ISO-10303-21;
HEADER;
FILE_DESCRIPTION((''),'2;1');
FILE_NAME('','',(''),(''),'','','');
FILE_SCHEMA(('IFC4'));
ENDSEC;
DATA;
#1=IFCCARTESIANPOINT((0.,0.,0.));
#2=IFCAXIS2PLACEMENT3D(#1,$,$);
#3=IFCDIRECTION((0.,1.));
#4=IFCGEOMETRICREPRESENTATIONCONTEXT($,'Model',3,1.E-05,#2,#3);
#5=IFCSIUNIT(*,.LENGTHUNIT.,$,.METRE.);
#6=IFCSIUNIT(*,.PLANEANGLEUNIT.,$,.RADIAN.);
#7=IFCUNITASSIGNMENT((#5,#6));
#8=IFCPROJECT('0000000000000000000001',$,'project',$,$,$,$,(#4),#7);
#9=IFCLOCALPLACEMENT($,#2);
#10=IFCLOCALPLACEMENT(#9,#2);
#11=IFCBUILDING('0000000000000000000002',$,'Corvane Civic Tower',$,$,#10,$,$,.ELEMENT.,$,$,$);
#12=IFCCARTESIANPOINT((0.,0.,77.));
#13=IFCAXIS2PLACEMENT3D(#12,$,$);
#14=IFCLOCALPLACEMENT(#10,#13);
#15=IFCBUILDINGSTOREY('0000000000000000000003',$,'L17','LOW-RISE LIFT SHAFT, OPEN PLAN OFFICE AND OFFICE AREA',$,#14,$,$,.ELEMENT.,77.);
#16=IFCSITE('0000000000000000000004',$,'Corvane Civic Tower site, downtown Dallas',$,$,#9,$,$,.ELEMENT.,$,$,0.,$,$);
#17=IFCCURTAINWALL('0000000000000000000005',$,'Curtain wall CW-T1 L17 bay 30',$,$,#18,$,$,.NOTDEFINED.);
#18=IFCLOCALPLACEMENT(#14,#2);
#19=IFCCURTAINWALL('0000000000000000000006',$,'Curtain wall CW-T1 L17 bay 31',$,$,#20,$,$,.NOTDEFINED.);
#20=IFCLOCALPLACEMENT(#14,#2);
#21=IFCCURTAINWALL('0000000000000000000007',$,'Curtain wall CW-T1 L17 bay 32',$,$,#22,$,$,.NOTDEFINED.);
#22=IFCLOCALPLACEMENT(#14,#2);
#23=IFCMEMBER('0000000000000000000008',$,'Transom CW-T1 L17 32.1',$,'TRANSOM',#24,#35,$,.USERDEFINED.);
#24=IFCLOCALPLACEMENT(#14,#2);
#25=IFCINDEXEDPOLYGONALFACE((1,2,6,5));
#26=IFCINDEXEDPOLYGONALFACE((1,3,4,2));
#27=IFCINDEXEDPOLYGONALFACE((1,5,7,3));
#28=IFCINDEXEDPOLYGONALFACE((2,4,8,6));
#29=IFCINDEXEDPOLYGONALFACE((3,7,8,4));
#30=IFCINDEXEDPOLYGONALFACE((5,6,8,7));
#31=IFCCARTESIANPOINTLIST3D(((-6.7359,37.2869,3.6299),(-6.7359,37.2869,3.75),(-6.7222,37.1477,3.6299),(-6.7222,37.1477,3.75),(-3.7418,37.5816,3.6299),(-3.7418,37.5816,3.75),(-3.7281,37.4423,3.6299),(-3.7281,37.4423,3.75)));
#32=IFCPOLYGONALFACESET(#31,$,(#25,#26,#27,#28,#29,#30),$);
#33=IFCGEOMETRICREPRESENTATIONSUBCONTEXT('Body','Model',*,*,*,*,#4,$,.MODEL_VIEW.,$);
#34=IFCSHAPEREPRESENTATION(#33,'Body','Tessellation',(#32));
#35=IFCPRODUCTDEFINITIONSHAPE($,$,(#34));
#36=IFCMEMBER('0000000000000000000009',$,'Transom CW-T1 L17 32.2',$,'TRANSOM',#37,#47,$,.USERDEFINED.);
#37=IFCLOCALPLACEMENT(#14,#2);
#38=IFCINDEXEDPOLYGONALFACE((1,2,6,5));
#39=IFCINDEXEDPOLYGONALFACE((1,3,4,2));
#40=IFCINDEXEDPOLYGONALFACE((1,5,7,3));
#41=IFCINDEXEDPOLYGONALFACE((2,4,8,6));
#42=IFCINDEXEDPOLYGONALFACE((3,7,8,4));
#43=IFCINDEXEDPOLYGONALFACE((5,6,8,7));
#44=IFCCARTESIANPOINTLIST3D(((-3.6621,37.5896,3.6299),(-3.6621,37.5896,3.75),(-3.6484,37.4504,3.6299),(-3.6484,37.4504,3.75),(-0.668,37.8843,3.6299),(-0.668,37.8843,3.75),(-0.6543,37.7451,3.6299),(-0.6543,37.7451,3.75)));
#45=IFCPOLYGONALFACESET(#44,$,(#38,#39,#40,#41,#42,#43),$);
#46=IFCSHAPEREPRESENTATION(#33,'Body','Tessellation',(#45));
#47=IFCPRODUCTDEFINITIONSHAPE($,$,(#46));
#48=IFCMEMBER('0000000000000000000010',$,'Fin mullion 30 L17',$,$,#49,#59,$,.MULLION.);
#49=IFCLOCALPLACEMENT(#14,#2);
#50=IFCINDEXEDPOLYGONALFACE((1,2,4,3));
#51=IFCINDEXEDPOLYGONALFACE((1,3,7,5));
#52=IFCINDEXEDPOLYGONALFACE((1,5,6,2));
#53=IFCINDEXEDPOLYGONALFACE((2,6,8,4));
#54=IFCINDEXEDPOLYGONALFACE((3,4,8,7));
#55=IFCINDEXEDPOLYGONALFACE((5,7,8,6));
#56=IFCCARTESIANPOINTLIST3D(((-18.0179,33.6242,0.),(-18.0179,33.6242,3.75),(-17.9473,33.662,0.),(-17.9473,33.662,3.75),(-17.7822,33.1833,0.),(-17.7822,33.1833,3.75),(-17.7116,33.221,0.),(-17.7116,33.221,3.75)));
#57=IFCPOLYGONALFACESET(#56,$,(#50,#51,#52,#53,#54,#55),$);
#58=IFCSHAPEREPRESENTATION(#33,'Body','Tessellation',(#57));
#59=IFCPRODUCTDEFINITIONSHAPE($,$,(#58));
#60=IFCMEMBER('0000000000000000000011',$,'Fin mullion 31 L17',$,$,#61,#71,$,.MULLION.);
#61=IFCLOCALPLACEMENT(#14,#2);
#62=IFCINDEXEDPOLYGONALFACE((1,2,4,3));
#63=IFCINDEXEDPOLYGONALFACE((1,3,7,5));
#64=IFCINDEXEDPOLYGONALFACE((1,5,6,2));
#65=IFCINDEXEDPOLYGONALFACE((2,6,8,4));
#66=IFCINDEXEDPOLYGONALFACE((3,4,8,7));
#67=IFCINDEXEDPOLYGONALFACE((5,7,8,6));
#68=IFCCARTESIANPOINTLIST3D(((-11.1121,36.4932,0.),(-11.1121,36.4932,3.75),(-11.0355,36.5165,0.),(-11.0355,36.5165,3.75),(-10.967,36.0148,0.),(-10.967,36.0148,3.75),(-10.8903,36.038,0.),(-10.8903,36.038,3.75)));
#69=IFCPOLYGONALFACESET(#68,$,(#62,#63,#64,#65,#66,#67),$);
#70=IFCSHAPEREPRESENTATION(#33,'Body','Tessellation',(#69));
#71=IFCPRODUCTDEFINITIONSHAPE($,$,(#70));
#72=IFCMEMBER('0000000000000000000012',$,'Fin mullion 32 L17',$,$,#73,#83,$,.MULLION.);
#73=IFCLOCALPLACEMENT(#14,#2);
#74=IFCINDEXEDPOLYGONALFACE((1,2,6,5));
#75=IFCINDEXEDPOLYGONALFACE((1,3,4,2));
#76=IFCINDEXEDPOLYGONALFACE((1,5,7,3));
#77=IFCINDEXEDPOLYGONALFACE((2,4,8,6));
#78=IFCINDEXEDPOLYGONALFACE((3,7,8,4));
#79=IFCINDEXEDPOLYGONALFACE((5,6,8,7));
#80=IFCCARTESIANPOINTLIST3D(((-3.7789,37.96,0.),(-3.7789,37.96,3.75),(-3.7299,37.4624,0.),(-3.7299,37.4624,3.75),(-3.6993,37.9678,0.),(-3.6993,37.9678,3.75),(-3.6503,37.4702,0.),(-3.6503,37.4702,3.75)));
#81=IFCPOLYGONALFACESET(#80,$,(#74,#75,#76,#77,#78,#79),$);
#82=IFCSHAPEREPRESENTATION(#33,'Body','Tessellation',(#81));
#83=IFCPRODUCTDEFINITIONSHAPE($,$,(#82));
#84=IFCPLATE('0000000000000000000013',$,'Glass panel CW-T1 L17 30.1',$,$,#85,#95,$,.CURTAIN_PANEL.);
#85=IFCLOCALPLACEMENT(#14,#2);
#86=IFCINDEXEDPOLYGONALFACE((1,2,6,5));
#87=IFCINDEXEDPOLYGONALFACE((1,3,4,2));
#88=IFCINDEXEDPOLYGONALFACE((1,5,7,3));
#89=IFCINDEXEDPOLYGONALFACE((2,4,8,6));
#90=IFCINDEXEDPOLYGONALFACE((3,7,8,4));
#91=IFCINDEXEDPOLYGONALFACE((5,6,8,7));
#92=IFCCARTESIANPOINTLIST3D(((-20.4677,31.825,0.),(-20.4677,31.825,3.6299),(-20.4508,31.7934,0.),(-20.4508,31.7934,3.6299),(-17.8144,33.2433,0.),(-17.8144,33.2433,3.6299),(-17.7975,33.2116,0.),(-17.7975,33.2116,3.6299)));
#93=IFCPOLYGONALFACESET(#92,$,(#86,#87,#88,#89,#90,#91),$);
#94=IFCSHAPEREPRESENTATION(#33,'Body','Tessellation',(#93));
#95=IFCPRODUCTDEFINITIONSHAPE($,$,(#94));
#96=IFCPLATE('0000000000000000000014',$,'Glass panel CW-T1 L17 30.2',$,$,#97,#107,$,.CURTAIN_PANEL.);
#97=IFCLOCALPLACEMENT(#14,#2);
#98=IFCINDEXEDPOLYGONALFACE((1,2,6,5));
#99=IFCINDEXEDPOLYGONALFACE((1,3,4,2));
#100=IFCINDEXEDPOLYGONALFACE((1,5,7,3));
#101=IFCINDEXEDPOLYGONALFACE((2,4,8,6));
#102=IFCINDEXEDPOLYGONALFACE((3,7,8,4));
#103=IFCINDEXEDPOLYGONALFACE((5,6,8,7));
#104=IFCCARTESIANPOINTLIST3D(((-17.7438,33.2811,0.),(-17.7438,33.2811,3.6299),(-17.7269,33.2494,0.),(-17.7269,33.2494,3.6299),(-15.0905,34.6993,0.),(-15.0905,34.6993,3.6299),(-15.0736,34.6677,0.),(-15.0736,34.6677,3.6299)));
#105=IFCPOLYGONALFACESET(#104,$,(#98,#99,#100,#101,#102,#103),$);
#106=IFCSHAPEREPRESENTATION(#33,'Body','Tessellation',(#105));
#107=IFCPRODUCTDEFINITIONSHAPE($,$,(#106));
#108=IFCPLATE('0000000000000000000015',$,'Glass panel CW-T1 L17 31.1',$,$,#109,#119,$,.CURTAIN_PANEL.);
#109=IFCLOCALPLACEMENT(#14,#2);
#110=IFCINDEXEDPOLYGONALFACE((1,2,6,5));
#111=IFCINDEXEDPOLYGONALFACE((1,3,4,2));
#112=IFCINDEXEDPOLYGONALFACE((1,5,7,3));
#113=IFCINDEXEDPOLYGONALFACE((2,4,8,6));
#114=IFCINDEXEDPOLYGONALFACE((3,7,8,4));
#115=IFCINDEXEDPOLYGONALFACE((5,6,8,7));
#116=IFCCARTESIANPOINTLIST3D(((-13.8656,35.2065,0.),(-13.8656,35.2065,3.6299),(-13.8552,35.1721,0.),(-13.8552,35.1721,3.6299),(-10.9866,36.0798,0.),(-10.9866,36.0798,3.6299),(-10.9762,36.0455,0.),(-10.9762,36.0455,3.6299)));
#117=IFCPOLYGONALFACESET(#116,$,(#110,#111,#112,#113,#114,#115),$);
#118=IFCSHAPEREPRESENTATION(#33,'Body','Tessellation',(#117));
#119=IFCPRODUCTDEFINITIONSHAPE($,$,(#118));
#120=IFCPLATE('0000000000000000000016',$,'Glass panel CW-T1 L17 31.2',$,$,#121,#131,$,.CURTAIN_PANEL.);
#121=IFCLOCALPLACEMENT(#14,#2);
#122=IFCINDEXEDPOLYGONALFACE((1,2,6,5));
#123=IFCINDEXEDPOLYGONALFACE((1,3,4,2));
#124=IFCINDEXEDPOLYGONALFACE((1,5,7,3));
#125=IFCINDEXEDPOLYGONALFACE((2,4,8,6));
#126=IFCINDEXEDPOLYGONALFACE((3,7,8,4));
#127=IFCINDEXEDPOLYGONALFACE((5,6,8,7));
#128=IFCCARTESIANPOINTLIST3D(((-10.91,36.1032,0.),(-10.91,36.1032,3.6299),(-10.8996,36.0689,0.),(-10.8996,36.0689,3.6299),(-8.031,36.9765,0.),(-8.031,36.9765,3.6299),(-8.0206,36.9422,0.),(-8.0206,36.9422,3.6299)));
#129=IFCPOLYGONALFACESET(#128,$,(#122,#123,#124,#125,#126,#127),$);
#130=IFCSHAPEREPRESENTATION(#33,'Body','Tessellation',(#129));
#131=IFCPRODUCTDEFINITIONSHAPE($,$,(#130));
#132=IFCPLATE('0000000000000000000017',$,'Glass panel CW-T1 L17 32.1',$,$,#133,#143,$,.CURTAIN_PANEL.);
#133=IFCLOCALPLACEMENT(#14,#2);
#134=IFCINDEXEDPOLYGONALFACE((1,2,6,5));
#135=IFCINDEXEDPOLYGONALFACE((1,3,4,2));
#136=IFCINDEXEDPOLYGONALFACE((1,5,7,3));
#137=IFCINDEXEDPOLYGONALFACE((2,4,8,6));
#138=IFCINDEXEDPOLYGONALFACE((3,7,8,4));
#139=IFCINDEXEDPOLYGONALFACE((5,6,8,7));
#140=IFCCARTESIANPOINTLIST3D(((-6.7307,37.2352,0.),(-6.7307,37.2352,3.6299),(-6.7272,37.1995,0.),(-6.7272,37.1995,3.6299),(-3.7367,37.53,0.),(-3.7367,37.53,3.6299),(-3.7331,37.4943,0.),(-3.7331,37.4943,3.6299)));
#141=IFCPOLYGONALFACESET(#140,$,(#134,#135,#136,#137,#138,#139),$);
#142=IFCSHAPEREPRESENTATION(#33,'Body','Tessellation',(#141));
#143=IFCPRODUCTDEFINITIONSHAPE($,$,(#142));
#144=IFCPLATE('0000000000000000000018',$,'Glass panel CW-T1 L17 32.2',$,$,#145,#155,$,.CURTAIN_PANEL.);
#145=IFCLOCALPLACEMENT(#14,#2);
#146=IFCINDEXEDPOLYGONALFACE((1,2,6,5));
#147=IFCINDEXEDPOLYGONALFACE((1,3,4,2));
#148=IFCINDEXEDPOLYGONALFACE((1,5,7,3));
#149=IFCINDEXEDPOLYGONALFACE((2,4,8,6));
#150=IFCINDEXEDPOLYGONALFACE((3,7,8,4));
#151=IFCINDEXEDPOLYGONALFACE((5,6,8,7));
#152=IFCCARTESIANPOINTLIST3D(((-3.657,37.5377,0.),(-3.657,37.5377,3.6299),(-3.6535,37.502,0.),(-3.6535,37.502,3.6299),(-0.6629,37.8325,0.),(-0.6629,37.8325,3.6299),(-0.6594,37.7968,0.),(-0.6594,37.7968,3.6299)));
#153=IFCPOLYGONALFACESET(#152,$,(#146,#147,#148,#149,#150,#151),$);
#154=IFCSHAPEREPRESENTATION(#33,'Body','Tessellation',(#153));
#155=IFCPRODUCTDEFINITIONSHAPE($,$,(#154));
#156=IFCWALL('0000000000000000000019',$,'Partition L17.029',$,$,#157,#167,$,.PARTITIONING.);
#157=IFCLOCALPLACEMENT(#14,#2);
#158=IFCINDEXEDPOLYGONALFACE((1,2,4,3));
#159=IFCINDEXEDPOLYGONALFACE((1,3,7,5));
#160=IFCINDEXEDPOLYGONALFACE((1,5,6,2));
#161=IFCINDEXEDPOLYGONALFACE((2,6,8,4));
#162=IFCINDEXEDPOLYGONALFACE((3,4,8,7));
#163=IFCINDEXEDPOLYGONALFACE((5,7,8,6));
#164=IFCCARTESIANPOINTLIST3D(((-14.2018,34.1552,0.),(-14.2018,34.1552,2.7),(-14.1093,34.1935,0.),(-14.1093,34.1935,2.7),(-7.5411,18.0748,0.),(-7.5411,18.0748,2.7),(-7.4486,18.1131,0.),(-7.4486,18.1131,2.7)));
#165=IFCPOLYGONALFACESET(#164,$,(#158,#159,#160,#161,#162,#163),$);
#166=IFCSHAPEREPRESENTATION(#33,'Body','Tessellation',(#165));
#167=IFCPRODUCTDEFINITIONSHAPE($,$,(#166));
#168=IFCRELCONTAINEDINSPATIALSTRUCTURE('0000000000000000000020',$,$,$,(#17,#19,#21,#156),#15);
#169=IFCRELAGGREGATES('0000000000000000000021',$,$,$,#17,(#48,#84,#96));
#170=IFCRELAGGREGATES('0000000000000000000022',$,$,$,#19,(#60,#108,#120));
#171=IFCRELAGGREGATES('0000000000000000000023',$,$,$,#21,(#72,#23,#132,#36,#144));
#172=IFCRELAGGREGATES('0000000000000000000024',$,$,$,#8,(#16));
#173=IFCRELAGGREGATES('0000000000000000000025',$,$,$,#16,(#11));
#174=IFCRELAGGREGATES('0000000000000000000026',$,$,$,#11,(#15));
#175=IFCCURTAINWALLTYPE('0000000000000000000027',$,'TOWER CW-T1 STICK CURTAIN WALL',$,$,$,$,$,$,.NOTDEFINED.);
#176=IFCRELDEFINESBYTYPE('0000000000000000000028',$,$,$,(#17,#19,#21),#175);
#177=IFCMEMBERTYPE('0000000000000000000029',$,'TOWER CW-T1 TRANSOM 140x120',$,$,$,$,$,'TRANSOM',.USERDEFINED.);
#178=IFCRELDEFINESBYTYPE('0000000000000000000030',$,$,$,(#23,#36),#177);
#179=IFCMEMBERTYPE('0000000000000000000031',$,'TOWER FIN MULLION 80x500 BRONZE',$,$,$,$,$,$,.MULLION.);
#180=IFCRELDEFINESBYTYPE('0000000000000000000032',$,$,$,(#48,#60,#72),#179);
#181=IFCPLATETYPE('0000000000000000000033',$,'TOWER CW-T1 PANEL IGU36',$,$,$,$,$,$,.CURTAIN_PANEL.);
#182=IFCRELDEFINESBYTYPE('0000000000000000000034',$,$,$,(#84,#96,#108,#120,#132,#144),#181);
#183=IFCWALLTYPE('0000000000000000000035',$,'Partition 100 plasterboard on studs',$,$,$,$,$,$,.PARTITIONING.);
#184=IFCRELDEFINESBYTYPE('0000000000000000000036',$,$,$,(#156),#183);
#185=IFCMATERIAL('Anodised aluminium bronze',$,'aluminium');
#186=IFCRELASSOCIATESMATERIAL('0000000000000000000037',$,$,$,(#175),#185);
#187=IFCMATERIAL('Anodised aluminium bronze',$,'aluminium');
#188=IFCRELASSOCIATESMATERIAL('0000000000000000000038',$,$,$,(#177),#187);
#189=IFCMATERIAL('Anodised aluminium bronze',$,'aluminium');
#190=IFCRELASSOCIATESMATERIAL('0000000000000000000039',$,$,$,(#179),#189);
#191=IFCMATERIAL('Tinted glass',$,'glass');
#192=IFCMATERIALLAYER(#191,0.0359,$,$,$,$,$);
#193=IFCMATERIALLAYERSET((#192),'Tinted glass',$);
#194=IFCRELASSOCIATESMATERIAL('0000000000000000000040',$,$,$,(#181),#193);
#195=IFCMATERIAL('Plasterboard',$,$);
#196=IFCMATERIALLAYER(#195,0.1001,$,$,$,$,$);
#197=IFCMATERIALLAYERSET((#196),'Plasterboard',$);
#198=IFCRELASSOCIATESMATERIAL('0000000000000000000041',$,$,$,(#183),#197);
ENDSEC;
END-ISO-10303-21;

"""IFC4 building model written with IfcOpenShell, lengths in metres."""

from ifc_helpers import new_model, si_unit, direction, frame, frame_2d, origin, origin_2d, place, context, subcontext, project, spatial, rectangle, extrude, material, layer, layer_set, material_profile, profile_set, type_object, element, aggregate, save


model = new_model("IFC4")

# Units and contexts
model_context = context("Model", 3, precision=1e-05, world=origin(), true_north=direction((0.0, 1.0)))
body_context = subcontext(model_context, "Body", "Model", "MODEL_VIEW")
ifc_project = project(units=[si_unit("LENGTHUNIT", "METRE"), si_unit("PLANEANGLEUNIT", "RADIAN")], contexts=[model_context])

# Site, building, storey
site_placement = place(None, origin())
site = spatial("IfcSite", under=ifc_project, at=site_placement, Name="Corvane Civic Tower site, downtown Dallas", CompositionType="ELEMENT", RefElevation=0.0)
building_placement = place(site_placement, origin())
building = spatial("IfcBuilding", under=site, at=building_placement, Name="Corvane Civic Tower", CompositionType="ELEMENT")
storey_placement = place(building_placement, frame((0.0, 0.0, 77.0)))
storey = spatial("IfcBuildingStorey", under=building, at=storey_placement, Name="L17", Description="LOW-RISE LIFT SHAFT, OPEN PLAN OFFICE AND OFFICE AREA", CompositionType="ELEMENT", Elevation=77.0)

# Curtain wall
ifc_material_1 = material(Name="Anodised aluminium bronze", Category="aluminium")
curtain_wall_type = type_object("IfcCurtainWallType", Name="TOWER CW-T1 STICK CURTAIN WALL", PredefinedType="NOTDEFINED", material=ifc_material_1)
curtain_wall_1_placement = place(storey_placement, origin())
curtain_wall_1 = element("IfcCurtainWall", 1, at=curtain_wall_1_placement, inside=storey, type_object=curtain_wall_type, Name="Curtain wall CW-T1 L17 bay 30", PredefinedType="NOTDEFINED")
ifc_material_2 = material(Name="Anodised aluminium bronze", Category="aluminium")
ifc_material_profile_1 = material_profile(ifc_material_2, rectangle(XDim=0.1399, YDim=0.1201, at=origin_2d()), Name="TOWER CW-T1 TRANSOM 140x120")
ifc_profile_set_1 = profile_set([ifc_material_profile_1], Name="Anodised aluminium bronze")
member_type_1 = type_object("IfcMemberType", Name="TOWER CW-T1 TRANSOM 140x120", ElementType="TRANSOM", PredefinedType="USERDEFINED", material=ifc_profile_set_1)

# Curtain walls, members
curtain_wall_2_placement = place(storey_placement, origin())
curtain_wall_2 = element("IfcCurtainWall", 2, at=curtain_wall_2_placement, inside=storey, type_object=curtain_wall_type, Name="Curtain wall CW-T1 L17 bay 31", PredefinedType="NOTDEFINED")
curtain_wall_3_placement = place(storey_placement, origin())
curtain_wall_3 = element("IfcCurtainWall", 3, at=curtain_wall_3_placement, inside=storey, type_object=curtain_wall_type, Name="Curtain wall CW-T1 L17 bay 32", PredefinedType="NOTDEFINED")
member_1_placement = place(storey_placement, frame((-6.729, 37.2173, 3.6899), z_axis=(0.995192, 0.097945, 0.0), x_axis=(-0.097945, 0.995192, 0.0)))
member_1 = element("IfcMember", 4, at=member_1_placement, type_object=member_type_1, Name="Transom CW-T1 L17 32.1", ObjectType="TRANSOM", PredefinedType="USERDEFINED", context=body_context, shape_type="SweptSolid", body=[
    extrude(rectangle(XDim=0.1399, YDim=0.1201, at=origin_2d()), origin(), (0.0, 0.0, 1.0), 3.0085),
])
member_2_placement = place(storey_placement, frame((-3.6553, 37.52, 3.6899), z_axis=(0.995192, 0.097945, 0.0), x_axis=(-0.097945, 0.995192, 0.0)))
member_2 = element("IfcMember", 5, at=member_2_placement, type_object=member_type_1, Name="Transom CW-T1 L17 32.2", ObjectType="TRANSOM", PredefinedType="USERDEFINED", context=body_context, shape_type="SweptSolid", body=[
    extrude(rectangle(XDim=0.1399, YDim=0.1201, at=origin_2d()), origin(), (0.0, 0.0, 1.0), 3.0085),
])

# Members
ifc_material_3 = material(Name="Anodised aluminium bronze", Category="aluminium")
ifc_material_profile_2 = material_profile(ifc_material_3, rectangle(XDim=0.0801, YDim=0.5, at=origin_2d()), Name="TOWER FIN MULLION 80x500 BRONZE")
ifc_profile_set_2 = profile_set([ifc_material_profile_2], Name="Anodised aluminium bronze")
member_type_2 = type_object("IfcMemberType", Name="TOWER FIN MULLION 80x500 BRONZE", PredefinedType="MULLION", material=ifc_profile_set_2)
member_3_placement = place(storey_placement, frame((-17.8647, 33.4226, 0.0), z_axis=(0.0, 0.0, 1.0), x_axis=(0.881918, 0.471404, 0.0)))
member_3 = element("IfcMember", 6, at=member_3_placement, type_object=member_type_2, Name="Fin mullion 30 L17", PredefinedType="MULLION", context=body_context, shape_type="SweptSolid", body=[
    extrude(rectangle(XDim=0.0801, YDim=0.5, at=origin_2d()), origin(), (0.0, 0.0, 1.0), 3.75),
])
member_4_placement = place(storey_placement, frame((-11.0012, 36.2656, 0.0), z_axis=(0.0, 0.0, 1.0), x_axis=(0.956942, 0.290278, 0.0)))
member_4 = element("IfcMember", 7, at=member_4_placement, type_object=member_type_2, Name="Fin mullion 31 L17", PredefinedType="MULLION", context=body_context, shape_type="SweptSolid", body=[
    extrude(rectangle(XDim=0.0801, YDim=0.5, at=origin_2d()), origin(), (0.0, 0.0, 1.0), 3.75),
])
member_5_placement = place(storey_placement, frame((-3.7146, 37.7151, 0.0), z_axis=(0.0, 0.0, 1.0), x_axis=(0.995186, 0.098006, 0.0)))
member_5 = element("IfcMember", 8, at=member_5_placement, type_object=member_type_2, Name="Fin mullion 32 L17", PredefinedType="MULLION", context=body_context, shape_type="SweptSolid", body=[
    extrude(rectangle(XDim=0.0801, YDim=0.5, at=origin_2d()), origin(), (0.0, 0.0, 1.0), 3.75),
])

# Plates
ifc_material_4 = material(Name="Tinted glass", Category="glass")
ifc_layer_1 = layer(ifc_material_4, 0.0359)
ifc_layer_set_1 = layer_set([ifc_layer_1], Name="Tinted glass")
plate_type = type_object("IfcPlateType", Name="TOWER CW-T1 PANEL IGU36", PredefinedType="CURTAIN_PANEL", material=ifc_layer_set_1)
plate_1_placement = place(storey_placement, frame((-19.1326, 32.5183, 0.0), z_axis=(0.0, 0.0, 1.0), x_axis=(0.881918, 0.471404, 0.0)))
plate_1 = element("IfcPlate", 9, at=plate_1_placement, type_object=plate_type, Name="Glass panel CW-T1 L17 30.1", PredefinedType="CURTAIN_PANEL", context=body_context, shape_type="SweptSolid", body=[
    extrude(rectangle(XDim=3.0085, YDim=0.0359, at=origin_2d()), origin(), (0.0, 0.0, 1.0), 3.6299),
])
plate_2_placement = place(storey_placement, frame((-16.4087, 33.9744, 0.0), z_axis=(0.0, 0.0, 1.0), x_axis=(0.881918, 0.471404, 0.0)))
plate_2 = element("IfcPlate", 10, at=plate_2_placement, type_object=plate_type, Name="Glass panel CW-T1 L17 30.2", PredefinedType="CURTAIN_PANEL", context=body_context, shape_type="SweptSolid", body=[
    extrude(rectangle(XDim=3.0085, YDim=0.0359, at=origin_2d()), origin(), (0.0, 0.0, 1.0), 3.6299),
])
aggregate(curtain_wall_1, [member_3, plate_1, plate_2])
plate_3_placement = place(storey_placement, frame((-12.4209, 35.626, 0.0), z_axis=(0.0, 0.0, 1.0), x_axis=(0.956942, 0.290278, 0.0)))
plate_3 = element("IfcPlate", 11, at=plate_3_placement, type_object=plate_type, Name="Glass panel CW-T1 L17 31.1", PredefinedType="CURTAIN_PANEL", context=body_context, shape_type="SweptSolid", body=[
    extrude(rectangle(XDim=3.0085, YDim=0.0359, at=origin_2d()), origin(), (0.0, 0.0, 1.0), 3.6299),
])
plate_4_placement = place(storey_placement, frame((-9.4653, 36.5227, 0.0), z_axis=(0.0, 0.0, 1.0), x_axis=(0.956942, 0.290278, 0.0)))
plate_4 = element("IfcPlate", 12, at=plate_4_placement, type_object=plate_type, Name="Glass panel CW-T1 L17 31.2", PredefinedType="CURTAIN_PANEL", context=body_context, shape_type="SweptSolid", body=[
    extrude(rectangle(XDim=3.0085, YDim=0.0359, at=origin_2d()), origin(), (0.0, 0.0, 1.0), 3.6299),
])
aggregate(curtain_wall_2, [member_4, plate_3, plate_4])
plate_5_placement = place(storey_placement, frame((-5.2319, 37.3647, 0.0), z_axis=(0.0, 0.0, 1.0), x_axis=(0.995186, 0.098006, 0.0)))
plate_5 = element("IfcPlate", 13, at=plate_5_placement, type_object=plate_type, Name="Glass panel CW-T1 L17 32.1", PredefinedType="CURTAIN_PANEL", context=body_context, shape_type="SweptSolid", body=[
    extrude(rectangle(XDim=3.0085, YDim=0.0359, at=origin_2d()), origin(), (0.0, 0.0, 1.0), 3.6299),
])
plate_6_placement = place(storey_placement, frame((-2.1582, 37.6672, 0.0), z_axis=(0.0, 0.0, 1.0), x_axis=(0.995186, 0.098006, 0.0)))
plate_6 = element("IfcPlate", 14, at=plate_6_placement, type_object=plate_type, Name="Glass panel CW-T1 L17 32.2", PredefinedType="CURTAIN_PANEL", context=body_context, shape_type="SweptSolid", body=[
    extrude(rectangle(XDim=3.0085, YDim=0.0359, at=origin_2d()), origin(), (0.0, 0.0, 1.0), 3.6299),
])
aggregate(curtain_wall_3, [member_5, member_1, plate_5, member_2, plate_6])

# Wall
ifc_material_5 = material(Name="Plasterboard")
ifc_layer_2 = layer(ifc_material_5, 0.1001)
ifc_layer_set_2 = layer_set([ifc_layer_2], Name="Plasterboard")
wall_type = type_object("IfcWallType", Name="Partition 100 plasterboard on studs", PredefinedType="PARTITIONING", material=ifc_layer_set_2)
wall_1_placement = place(storey_placement, frame((-14.1555, 34.1743, 0.0), z_axis=(0.0, 0.0, 1.0), x_axis=(0.382681, -0.92388, 0.0)))
element("IfcWall", 15, at=wall_1_placement, inside=storey, type_object=wall_type, Name="Partition L17.029", PredefinedType="PARTITIONING", context=body_context, shape_type="SweptSolid", body=[
    extrude(rectangle(XDim=17.4053, YDim=0.1001, at=frame_2d((8.7026, 0.0))), origin(), (0.0, 0.0, 1.0), 2.7),
])

save(model, "model.ifc")
